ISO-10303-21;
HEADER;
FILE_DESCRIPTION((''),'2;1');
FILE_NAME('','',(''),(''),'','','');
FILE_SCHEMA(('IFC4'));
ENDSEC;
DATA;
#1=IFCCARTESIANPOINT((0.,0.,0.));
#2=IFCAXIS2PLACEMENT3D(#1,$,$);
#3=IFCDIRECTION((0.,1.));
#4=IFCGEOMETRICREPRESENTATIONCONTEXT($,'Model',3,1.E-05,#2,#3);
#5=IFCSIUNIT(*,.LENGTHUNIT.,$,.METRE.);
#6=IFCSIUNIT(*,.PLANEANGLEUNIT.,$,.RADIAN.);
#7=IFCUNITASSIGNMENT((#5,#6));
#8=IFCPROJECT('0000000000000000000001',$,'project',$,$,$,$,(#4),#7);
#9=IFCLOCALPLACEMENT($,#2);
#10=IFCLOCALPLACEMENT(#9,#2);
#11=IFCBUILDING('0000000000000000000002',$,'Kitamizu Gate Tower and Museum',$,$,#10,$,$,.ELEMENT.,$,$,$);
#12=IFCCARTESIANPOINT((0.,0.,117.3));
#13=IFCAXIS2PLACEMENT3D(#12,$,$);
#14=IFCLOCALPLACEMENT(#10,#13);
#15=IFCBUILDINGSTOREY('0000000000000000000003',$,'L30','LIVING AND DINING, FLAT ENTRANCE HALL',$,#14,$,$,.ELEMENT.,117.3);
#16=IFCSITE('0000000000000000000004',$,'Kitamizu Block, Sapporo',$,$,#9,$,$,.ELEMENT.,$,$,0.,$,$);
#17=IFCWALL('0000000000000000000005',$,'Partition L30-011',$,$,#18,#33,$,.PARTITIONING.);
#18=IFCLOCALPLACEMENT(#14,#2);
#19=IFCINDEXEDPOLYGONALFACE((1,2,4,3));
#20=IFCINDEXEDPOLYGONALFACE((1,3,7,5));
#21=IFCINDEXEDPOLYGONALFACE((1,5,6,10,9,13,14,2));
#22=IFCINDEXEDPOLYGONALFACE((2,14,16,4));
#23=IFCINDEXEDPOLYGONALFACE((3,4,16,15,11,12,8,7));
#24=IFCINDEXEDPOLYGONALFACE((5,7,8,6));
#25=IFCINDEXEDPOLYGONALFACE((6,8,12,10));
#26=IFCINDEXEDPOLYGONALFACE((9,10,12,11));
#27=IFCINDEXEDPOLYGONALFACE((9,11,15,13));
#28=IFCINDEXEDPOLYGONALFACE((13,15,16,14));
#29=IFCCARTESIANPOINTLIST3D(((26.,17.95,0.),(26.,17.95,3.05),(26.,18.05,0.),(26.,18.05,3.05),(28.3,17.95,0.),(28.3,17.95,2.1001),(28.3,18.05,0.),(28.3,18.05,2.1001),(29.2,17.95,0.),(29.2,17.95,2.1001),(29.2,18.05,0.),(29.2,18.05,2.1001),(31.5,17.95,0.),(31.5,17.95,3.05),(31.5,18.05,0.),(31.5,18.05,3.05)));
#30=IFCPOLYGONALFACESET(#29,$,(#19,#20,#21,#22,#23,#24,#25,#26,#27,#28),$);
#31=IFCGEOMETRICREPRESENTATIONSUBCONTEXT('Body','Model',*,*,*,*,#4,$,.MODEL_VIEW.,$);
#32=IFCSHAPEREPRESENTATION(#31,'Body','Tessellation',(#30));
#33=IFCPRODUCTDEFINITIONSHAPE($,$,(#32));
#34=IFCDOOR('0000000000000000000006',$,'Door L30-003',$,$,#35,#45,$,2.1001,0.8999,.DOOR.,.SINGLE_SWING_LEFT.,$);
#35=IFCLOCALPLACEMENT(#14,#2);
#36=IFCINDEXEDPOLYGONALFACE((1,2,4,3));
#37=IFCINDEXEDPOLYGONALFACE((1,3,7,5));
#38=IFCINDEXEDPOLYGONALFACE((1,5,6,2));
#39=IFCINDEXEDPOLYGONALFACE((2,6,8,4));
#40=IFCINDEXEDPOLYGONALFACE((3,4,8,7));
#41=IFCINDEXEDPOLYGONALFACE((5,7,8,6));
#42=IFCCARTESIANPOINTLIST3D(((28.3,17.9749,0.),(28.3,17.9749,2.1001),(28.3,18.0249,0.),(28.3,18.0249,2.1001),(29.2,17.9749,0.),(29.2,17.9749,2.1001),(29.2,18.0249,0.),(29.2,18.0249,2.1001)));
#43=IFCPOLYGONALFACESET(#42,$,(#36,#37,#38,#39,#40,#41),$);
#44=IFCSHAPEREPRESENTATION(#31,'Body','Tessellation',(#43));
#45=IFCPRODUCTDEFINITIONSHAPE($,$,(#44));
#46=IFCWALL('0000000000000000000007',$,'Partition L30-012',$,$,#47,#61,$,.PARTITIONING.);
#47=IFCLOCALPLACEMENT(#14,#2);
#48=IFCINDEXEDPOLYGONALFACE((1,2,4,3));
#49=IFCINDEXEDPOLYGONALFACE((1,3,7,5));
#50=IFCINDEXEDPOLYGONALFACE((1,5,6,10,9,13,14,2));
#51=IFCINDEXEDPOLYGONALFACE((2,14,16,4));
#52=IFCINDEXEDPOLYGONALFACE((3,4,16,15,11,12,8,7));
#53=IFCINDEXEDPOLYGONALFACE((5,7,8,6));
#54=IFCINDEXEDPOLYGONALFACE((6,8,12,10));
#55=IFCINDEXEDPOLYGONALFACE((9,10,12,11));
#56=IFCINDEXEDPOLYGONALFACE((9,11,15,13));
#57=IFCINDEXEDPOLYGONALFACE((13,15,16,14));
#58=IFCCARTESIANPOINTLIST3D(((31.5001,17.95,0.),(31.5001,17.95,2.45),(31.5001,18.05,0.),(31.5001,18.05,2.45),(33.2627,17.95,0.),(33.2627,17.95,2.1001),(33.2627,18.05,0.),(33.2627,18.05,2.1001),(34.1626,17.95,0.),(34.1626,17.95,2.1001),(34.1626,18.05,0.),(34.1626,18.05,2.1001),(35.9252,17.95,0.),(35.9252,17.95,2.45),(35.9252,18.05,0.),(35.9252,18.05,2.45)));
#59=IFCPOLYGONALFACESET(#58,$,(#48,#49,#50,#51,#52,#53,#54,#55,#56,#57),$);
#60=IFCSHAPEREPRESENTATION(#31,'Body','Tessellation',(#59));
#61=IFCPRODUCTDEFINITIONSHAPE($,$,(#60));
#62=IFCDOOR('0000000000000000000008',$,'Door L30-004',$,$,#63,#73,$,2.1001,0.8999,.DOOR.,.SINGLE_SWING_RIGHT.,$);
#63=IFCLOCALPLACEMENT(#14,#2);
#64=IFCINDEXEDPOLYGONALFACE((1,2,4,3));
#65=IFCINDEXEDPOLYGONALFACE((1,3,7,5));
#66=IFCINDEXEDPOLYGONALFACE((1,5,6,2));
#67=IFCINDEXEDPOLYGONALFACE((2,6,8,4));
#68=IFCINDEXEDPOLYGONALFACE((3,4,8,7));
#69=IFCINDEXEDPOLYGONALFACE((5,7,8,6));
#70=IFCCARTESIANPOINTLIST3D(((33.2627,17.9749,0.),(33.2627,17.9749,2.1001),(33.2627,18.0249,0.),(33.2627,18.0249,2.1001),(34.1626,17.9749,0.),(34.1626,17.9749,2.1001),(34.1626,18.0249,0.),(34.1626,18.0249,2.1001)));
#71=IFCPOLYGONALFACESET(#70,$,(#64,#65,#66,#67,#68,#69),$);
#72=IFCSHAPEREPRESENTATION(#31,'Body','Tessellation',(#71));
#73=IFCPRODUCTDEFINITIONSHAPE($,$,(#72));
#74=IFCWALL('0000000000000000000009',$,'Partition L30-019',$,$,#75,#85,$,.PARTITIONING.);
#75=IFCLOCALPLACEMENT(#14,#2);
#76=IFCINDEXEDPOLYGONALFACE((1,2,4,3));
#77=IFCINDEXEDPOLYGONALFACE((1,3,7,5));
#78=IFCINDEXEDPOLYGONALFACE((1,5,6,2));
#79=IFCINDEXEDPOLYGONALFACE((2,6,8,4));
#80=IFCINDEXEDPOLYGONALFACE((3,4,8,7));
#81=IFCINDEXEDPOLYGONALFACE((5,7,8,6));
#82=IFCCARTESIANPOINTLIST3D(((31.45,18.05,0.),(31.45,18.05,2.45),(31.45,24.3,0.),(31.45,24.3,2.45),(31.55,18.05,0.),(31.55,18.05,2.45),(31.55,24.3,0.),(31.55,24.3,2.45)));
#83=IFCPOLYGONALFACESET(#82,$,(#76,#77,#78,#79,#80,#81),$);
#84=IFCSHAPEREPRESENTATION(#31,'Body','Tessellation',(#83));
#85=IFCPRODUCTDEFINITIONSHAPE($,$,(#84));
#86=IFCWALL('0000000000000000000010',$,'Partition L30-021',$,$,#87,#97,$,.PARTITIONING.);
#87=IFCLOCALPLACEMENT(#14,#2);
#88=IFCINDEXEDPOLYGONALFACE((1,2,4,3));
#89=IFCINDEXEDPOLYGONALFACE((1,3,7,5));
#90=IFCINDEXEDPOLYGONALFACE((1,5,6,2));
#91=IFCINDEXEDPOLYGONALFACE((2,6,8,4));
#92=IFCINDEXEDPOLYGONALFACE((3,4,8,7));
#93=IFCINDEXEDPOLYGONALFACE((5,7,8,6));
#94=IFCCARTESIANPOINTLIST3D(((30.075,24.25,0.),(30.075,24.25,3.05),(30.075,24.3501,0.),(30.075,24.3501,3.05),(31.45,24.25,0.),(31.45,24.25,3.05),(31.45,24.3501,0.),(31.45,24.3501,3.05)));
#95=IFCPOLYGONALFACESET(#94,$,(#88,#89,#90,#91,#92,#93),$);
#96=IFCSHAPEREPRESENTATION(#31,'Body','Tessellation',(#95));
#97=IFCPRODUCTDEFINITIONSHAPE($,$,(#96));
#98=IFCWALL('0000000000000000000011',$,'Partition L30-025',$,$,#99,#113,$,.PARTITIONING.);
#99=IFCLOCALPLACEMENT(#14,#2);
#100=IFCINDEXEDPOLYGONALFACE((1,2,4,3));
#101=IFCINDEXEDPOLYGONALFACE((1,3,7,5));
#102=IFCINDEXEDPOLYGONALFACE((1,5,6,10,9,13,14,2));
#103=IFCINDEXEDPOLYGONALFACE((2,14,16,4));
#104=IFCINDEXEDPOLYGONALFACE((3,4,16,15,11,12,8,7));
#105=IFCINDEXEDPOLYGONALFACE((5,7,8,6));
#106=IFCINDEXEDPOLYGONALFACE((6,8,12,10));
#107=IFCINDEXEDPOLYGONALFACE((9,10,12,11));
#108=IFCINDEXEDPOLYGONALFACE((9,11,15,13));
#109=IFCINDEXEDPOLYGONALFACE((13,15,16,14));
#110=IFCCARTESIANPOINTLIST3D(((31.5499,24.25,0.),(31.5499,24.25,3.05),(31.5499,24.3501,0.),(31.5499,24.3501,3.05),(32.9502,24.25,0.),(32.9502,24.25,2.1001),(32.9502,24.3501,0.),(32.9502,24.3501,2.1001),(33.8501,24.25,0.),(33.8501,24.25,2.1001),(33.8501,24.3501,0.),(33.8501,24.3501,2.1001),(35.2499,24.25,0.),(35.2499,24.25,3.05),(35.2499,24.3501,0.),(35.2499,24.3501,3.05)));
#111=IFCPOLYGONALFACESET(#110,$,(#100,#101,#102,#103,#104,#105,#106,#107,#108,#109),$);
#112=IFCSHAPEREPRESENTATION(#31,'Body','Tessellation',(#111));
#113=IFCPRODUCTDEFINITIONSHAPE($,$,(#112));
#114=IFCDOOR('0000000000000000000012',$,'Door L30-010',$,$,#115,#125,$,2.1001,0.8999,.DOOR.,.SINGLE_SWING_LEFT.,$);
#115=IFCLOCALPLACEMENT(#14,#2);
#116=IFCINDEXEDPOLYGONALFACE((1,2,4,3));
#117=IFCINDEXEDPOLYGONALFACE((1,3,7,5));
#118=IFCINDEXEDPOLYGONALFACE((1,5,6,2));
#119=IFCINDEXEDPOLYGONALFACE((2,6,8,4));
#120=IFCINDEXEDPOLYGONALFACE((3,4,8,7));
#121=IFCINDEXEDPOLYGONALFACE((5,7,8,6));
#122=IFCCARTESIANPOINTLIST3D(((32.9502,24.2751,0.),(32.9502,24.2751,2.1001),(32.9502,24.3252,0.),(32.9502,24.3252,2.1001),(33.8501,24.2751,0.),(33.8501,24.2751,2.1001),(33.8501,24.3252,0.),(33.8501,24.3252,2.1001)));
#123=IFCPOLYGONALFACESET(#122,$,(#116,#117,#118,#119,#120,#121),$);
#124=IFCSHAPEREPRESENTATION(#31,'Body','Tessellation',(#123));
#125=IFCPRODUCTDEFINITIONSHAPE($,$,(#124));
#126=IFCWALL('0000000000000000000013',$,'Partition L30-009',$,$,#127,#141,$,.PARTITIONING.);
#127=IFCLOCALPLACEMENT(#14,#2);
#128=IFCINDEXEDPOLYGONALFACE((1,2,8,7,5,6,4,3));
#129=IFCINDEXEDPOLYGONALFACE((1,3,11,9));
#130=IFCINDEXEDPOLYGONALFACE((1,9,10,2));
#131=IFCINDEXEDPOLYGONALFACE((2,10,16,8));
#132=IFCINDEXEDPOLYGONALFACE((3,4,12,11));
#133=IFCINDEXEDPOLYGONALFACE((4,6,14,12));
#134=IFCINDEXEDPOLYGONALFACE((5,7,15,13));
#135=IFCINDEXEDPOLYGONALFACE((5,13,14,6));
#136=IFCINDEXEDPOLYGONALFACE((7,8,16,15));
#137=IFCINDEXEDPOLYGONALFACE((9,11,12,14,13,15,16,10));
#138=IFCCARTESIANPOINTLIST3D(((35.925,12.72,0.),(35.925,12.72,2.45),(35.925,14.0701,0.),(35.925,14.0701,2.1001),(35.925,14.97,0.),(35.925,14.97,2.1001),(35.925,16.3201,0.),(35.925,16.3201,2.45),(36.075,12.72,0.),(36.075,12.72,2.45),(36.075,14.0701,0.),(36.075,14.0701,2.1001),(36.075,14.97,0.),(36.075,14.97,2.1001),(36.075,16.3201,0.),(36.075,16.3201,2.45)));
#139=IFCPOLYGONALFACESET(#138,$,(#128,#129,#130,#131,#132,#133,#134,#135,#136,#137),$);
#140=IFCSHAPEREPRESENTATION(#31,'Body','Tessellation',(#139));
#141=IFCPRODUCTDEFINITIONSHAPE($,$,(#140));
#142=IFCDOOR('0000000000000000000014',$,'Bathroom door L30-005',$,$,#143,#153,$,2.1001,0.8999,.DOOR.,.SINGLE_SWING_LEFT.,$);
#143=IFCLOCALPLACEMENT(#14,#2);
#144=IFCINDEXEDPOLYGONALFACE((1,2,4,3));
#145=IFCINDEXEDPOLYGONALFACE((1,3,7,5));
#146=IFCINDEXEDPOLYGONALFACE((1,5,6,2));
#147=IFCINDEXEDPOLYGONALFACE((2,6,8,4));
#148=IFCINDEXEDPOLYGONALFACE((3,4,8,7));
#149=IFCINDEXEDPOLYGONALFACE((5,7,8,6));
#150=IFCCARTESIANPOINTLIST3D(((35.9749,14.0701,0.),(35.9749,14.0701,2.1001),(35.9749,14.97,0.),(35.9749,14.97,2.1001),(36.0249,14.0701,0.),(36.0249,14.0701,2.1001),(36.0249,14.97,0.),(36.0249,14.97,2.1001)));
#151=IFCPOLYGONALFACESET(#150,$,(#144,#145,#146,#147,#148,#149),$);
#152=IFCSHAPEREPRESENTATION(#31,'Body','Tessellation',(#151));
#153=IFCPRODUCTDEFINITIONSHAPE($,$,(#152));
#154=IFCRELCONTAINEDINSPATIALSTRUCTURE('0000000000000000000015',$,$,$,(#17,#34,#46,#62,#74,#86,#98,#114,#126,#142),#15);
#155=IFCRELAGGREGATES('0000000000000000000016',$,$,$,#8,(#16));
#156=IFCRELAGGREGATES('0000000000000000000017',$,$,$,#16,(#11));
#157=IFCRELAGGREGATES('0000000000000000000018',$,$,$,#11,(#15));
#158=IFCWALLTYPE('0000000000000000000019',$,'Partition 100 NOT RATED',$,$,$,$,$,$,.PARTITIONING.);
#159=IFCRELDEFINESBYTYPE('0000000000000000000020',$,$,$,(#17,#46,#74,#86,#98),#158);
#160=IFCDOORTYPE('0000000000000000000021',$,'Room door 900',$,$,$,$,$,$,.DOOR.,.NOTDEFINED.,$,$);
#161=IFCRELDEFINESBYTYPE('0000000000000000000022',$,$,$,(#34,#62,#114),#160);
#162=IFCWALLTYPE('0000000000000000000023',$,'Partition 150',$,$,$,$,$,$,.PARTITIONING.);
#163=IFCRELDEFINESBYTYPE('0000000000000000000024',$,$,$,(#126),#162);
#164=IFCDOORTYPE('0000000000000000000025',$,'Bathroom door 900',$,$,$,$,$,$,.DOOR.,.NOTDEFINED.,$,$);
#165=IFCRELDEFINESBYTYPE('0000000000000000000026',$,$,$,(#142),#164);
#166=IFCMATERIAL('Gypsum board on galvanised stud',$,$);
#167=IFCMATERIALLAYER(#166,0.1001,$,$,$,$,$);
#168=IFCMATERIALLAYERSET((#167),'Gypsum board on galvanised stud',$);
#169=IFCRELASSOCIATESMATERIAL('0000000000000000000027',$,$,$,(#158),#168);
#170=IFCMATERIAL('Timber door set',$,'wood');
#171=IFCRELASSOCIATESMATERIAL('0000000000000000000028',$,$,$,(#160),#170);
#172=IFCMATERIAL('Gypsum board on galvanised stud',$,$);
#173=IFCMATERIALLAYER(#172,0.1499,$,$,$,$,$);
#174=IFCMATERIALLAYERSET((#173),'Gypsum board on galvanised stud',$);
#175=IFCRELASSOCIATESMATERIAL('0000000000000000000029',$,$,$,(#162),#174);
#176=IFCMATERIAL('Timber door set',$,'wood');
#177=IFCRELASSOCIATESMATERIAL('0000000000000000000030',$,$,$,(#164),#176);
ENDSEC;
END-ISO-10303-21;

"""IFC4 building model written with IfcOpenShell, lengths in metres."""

from ifc_helpers import new_model, si_unit, direction, frame, frame_2d, origin, place, context, subcontext, project, spatial, rectangle, extrude, material, layer, layer_set, type_object, element, fill, save


model = new_model("IFC4")

# Units and contexts
model_context = context("Model", 3, precision=1e-05, world=origin(), true_north=direction((0.0, 1.0)))
body_context = subcontext(model_context, "Body", "Model", "MODEL_VIEW")
ifc_project = project(units=[si_unit("LENGTHUNIT", "METRE"), si_unit("PLANEANGLEUNIT", "RADIAN")], contexts=[model_context])

# Site, building, storey
site_placement = place(None, origin())
site = spatial("IfcSite", under=ifc_project, at=site_placement, Name="Kitamizu Block, Sapporo", CompositionType="ELEMENT", RefElevation=0.0)
building_placement = place(site_placement, origin())
building = spatial("IfcBuilding", under=site, at=building_placement, Name="Kitamizu Gate Tower and Museum", CompositionType="ELEMENT")
storey_placement = place(building_placement, frame((0.0, 0.0, 117.3)))
storey = spatial("IfcBuildingStorey", under=building, at=storey_placement, Name="L30", Description="LIVING AND DINING, FLAT ENTRANCE HALL", CompositionType="ELEMENT", Elevation=117.3)

# Walls, openings, doors
ifc_material_1 = material(Name="Gypsum board on galvanised stud")
ifc_layer_1 = layer(ifc_material_1, 0.1001)
ifc_layer_set_1 = layer_set([ifc_layer_1], Name="Gypsum board on galvanised stud")
wall_type_1 = type_object("IfcWallType", Name="Partition 100 NOT RATED", PredefinedType="PARTITIONING", material=ifc_layer_set_1)
wall_1_placement = place(storey_placement, frame((31.5, 18.0, 0.0), z_axis=(0.0, 0.0, 1.0), x_axis=(-1.0, 0.0, 0.0)))
wall_1 = element("IfcWall", 1, at=wall_1_placement, inside=storey, type_object=wall_type_1, Name="Partition L30-011", PredefinedType="PARTITIONING", context=body_context, shape_type="SweptSolid", body=[
    extrude(rectangle(XDim=5.5, YDim=0.1001, at=frame_2d((2.75, 0.0))), origin(), (0.0, 0.0, 1.0), 3.05),
])
opening_1_placement = place(wall_1_placement, frame((2.3, 0.0, 0.0)))
opening_1 = element("IfcOpeningElement", 2, at=opening_1_placement, cuts=wall_1, PredefinedType="OPENING", context=body_context, shape_type="SweptSolid", body=[
    extrude(rectangle(XDim=0.8999, YDim=2.1001, at=frame_2d((0.45, 1.05))), frame((0.0, 0.0601, 0.0), z_axis=(0.0, -1.0, 0.0), x_axis=(1.0, 0.0, 0.0)), (0.0, 0.0, 1.0), 0.1201),
])
ifc_material_2 = material(Name="Timber door set", Category="wood")
door_type_1 = type_object("IfcDoorType", Name="Room door 900", OperationType="NOTDEFINED", PredefinedType="DOOR", material=ifc_material_2)
door_1_placement = place(opening_1_placement, frame((0.8999, 0.0, 0.0), x_axis=(-1.0, 0.0, 0.0)))
door_1 = element("IfcDoor", 3, at=door_1_placement, inside=storey, type_object=door_type_1, Name="Door L30-003", OperationType="SINGLE_SWING_LEFT", OverallHeight=2.1001, OverallWidth=0.8999, PredefinedType="DOOR", context=body_context, shape_type="SweptSolid", body=[
    extrude(rectangle(XDim=0.8999, YDim=2.1001, at=frame_2d((0.45, 1.05))), frame((0.0, 0.0249, 0.0), z_axis=(0.0, -1.0, 0.0), x_axis=(1.0, 0.0, 0.0)), (0.0, 0.0, 1.0), 0.05),
])
fill(opening_1, door_1)
wall_2_placement = place(storey_placement, frame((35.925, 18.0, 0.0), z_axis=(0.0, 0.0, 1.0), x_axis=(-1.0, 0.0, 0.0)))
wall_2 = element("IfcWall", 4, at=wall_2_placement, inside=storey, type_object=wall_type_1, Name="Partition L30-012", PredefinedType="PARTITIONING", context=body_context, shape_type="SweptSolid", body=[
    extrude(rectangle(XDim=4.425, YDim=0.1001, at=frame_2d((2.2124, 0.0))), origin(), (0.0, 0.0, 1.0), 2.45),
])
opening_2_placement = place(wall_2_placement, frame((1.7625, 0.0, 0.0)))
opening_2 = element("IfcOpeningElement", 5, at=opening_2_placement, cuts=wall_2, PredefinedType="OPENING", context=body_context, shape_type="SweptSolid", body=[
    extrude(rectangle(XDim=0.8999, YDim=2.1001, at=frame_2d((0.45, 1.05))), frame((0.0, 0.0601, 0.0), z_axis=(0.0, -1.0, 0.0), x_axis=(1.0, 0.0, 0.0)), (0.0, 0.0, 1.0), 0.1201),
])
door_2_placement = place(opening_2_placement, frame((0.8999, 0.0, 0.0), x_axis=(-1.0, 0.0, 0.0)))
door_2 = element("IfcDoor", 6, at=door_2_placement, inside=storey, type_object=door_type_1, Name="Door L30-004", OperationType="SINGLE_SWING_RIGHT", OverallHeight=2.1001, OverallWidth=0.8999, PredefinedType="DOOR", context=body_context, shape_type="SweptSolid", body=[
    extrude(rectangle(XDim=0.8999, YDim=2.1001, at=frame_2d((0.45, 1.05))), frame((0.0, 0.0249, 0.0), z_axis=(0.0, -1.0, 0.0), x_axis=(1.0, 0.0, 0.0)), (0.0, 0.0, 1.0), 0.05),
])
fill(opening_2, door_2)

# Walls
wall_3_placement = place(storey_placement, frame((31.5, 18.05, 0.0), z_axis=(0.0, 0.0, 1.0), x_axis=(0.0, 1.0, 0.0)))
element("IfcWall", 7, at=wall_3_placement, inside=storey, type_object=wall_type_1, Name="Partition L30-019", PredefinedType="PARTITIONING", context=body_context, shape_type="SweptSolid", body=[
    extrude(rectangle(XDim=6.25, YDim=0.1001, at=frame_2d((3.125, 0.0))), origin(), (0.0, 0.0, 1.0), 2.45),
])
wall_4_placement = place(storey_placement, frame((31.45, 24.3, 0.0), z_axis=(0.0, 0.0, 1.0), x_axis=(-1.0, 0.0, 0.0)))
element("IfcWall", 8, at=wall_4_placement, inside=storey, type_object=wall_type_1, Name="Partition L30-021", PredefinedType="PARTITIONING", context=body_context, shape_type="SweptSolid", body=[
    extrude(rectangle(XDim=1.375, YDim=0.1001, at=frame_2d((0.6875, 0.0))), origin(), (0.0, 0.0, 1.0), 3.05),
])

# Walls, openings, doors
wall_5_placement = place(storey_placement, frame((35.25, 24.3, 0.0), z_axis=(0.0, 0.0, 1.0), x_axis=(-1.0, 0.0, 0.0)))
wall_5 = element("IfcWall", 9, at=wall_5_placement, inside=storey, type_object=wall_type_1, Name="Partition L30-025", PredefinedType="PARTITIONING", context=body_context, shape_type="SweptSolid", body=[
    extrude(rectangle(XDim=3.7, YDim=0.1001, at=frame_2d((1.8501, 0.0))), origin(), (0.0, 0.0, 1.0), 3.05),
])
opening_3_placement = place(wall_5_placement, frame((1.3999, 0.0, 0.0)))
opening_3 = element("IfcOpeningElement", 10, at=opening_3_placement, cuts=wall_5, PredefinedType="OPENING", context=body_context, shape_type="SweptSolid", body=[
    extrude(rectangle(XDim=0.8999, YDim=2.1001, at=frame_2d((0.45, 1.05))), frame((0.0, 0.0601, 0.0), z_axis=(0.0, -1.0, 0.0), x_axis=(1.0, 0.0, 0.0)), (0.0, 0.0, 1.0), 0.1201),
])
door_3_placement = place(opening_3_placement, origin())
door_3 = element("IfcDoor", 11, at=door_3_placement, inside=storey, type_object=door_type_1, Name="Door L30-010", OperationType="SINGLE_SWING_LEFT", OverallHeight=2.1001, OverallWidth=0.8999, PredefinedType="DOOR", context=body_context, shape_type="SweptSolid", body=[
    extrude(rectangle(XDim=0.8999, YDim=2.1001, at=frame_2d((0.45, 1.05))), frame((0.0, 0.0249, 0.0), z_axis=(0.0, -1.0, 0.0), x_axis=(1.0, 0.0, 0.0)), (0.0, 0.0, 1.0), 0.05),
])
fill(opening_3, door_3)
ifc_material_3 = material(Name="Gypsum board on galvanised stud")
ifc_layer_2 = layer(ifc_material_3, 0.1499)
ifc_layer_set_2 = layer_set([ifc_layer_2], Name="Gypsum board on galvanised stud")
wall_type_2 = type_object("IfcWallType", Name="Partition 150", PredefinedType="PARTITIONING", material=ifc_layer_set_2)
wall_6_placement = place(storey_placement, frame((36.0, 12.72, 0.0), z_axis=(0.0, 0.0, 1.0), x_axis=(0.0, 1.0, 0.0)))
wall_6 = element("IfcWall", 12, at=wall_6_placement, inside=storey, type_object=wall_type_2, Name="Partition L30-009", PredefinedType="PARTITIONING", context=body_context, shape_type="SweptSolid", body=[
    extrude(rectangle(XDim=3.6001, YDim=0.1499, at=frame_2d((1.8, 0.0))), origin(), (0.0, 0.0, 1.0), 2.45),
])
opening_4_placement = place(wall_6_placement, frame((1.3501, 0.0, 0.0)))
opening_4 = element("IfcOpeningElement", 13, at=opening_4_placement, cuts=wall_6, PredefinedType="OPENING", context=body_context, shape_type="SweptSolid", body=[
    extrude(rectangle(XDim=0.8999, YDim=2.1001, at=frame_2d((0.45, 1.05))), frame((0.0, 0.085, 0.0), z_axis=(0.0, -1.0, 0.0), x_axis=(1.0, 0.0, 0.0)), (0.0, 0.0, 1.0), 0.1699),
])
ifc_material_4 = material(Name="Timber door set", Category="wood")
door_type_2 = type_object("IfcDoorType", Name="Bathroom door 900", OperationType="NOTDEFINED", PredefinedType="DOOR", material=ifc_material_4)
door_4_placement = place(opening_4_placement, frame((0.8999, 0.0, 0.0), x_axis=(-1.0, 0.0, 0.0)))
door_4 = element("IfcDoor", 14, at=door_4_placement, inside=storey, type_object=door_type_2, Name="Bathroom door L30-005", OperationType="SINGLE_SWING_LEFT", OverallHeight=2.1001, OverallWidth=0.8999, PredefinedType="DOOR", context=body_context, shape_type="SweptSolid", body=[
    extrude(rectangle(XDim=0.8999, YDim=2.1001, at=frame_2d((0.45, 1.05))), frame((0.0, 0.0249, 0.0), z_axis=(0.0, -1.0, 0.0), x_axis=(1.0, 0.0, 0.0)), (0.0, 0.0, 1.0), 0.05),
])
fill(opening_4, door_4)

save(model, "model.ifc")
